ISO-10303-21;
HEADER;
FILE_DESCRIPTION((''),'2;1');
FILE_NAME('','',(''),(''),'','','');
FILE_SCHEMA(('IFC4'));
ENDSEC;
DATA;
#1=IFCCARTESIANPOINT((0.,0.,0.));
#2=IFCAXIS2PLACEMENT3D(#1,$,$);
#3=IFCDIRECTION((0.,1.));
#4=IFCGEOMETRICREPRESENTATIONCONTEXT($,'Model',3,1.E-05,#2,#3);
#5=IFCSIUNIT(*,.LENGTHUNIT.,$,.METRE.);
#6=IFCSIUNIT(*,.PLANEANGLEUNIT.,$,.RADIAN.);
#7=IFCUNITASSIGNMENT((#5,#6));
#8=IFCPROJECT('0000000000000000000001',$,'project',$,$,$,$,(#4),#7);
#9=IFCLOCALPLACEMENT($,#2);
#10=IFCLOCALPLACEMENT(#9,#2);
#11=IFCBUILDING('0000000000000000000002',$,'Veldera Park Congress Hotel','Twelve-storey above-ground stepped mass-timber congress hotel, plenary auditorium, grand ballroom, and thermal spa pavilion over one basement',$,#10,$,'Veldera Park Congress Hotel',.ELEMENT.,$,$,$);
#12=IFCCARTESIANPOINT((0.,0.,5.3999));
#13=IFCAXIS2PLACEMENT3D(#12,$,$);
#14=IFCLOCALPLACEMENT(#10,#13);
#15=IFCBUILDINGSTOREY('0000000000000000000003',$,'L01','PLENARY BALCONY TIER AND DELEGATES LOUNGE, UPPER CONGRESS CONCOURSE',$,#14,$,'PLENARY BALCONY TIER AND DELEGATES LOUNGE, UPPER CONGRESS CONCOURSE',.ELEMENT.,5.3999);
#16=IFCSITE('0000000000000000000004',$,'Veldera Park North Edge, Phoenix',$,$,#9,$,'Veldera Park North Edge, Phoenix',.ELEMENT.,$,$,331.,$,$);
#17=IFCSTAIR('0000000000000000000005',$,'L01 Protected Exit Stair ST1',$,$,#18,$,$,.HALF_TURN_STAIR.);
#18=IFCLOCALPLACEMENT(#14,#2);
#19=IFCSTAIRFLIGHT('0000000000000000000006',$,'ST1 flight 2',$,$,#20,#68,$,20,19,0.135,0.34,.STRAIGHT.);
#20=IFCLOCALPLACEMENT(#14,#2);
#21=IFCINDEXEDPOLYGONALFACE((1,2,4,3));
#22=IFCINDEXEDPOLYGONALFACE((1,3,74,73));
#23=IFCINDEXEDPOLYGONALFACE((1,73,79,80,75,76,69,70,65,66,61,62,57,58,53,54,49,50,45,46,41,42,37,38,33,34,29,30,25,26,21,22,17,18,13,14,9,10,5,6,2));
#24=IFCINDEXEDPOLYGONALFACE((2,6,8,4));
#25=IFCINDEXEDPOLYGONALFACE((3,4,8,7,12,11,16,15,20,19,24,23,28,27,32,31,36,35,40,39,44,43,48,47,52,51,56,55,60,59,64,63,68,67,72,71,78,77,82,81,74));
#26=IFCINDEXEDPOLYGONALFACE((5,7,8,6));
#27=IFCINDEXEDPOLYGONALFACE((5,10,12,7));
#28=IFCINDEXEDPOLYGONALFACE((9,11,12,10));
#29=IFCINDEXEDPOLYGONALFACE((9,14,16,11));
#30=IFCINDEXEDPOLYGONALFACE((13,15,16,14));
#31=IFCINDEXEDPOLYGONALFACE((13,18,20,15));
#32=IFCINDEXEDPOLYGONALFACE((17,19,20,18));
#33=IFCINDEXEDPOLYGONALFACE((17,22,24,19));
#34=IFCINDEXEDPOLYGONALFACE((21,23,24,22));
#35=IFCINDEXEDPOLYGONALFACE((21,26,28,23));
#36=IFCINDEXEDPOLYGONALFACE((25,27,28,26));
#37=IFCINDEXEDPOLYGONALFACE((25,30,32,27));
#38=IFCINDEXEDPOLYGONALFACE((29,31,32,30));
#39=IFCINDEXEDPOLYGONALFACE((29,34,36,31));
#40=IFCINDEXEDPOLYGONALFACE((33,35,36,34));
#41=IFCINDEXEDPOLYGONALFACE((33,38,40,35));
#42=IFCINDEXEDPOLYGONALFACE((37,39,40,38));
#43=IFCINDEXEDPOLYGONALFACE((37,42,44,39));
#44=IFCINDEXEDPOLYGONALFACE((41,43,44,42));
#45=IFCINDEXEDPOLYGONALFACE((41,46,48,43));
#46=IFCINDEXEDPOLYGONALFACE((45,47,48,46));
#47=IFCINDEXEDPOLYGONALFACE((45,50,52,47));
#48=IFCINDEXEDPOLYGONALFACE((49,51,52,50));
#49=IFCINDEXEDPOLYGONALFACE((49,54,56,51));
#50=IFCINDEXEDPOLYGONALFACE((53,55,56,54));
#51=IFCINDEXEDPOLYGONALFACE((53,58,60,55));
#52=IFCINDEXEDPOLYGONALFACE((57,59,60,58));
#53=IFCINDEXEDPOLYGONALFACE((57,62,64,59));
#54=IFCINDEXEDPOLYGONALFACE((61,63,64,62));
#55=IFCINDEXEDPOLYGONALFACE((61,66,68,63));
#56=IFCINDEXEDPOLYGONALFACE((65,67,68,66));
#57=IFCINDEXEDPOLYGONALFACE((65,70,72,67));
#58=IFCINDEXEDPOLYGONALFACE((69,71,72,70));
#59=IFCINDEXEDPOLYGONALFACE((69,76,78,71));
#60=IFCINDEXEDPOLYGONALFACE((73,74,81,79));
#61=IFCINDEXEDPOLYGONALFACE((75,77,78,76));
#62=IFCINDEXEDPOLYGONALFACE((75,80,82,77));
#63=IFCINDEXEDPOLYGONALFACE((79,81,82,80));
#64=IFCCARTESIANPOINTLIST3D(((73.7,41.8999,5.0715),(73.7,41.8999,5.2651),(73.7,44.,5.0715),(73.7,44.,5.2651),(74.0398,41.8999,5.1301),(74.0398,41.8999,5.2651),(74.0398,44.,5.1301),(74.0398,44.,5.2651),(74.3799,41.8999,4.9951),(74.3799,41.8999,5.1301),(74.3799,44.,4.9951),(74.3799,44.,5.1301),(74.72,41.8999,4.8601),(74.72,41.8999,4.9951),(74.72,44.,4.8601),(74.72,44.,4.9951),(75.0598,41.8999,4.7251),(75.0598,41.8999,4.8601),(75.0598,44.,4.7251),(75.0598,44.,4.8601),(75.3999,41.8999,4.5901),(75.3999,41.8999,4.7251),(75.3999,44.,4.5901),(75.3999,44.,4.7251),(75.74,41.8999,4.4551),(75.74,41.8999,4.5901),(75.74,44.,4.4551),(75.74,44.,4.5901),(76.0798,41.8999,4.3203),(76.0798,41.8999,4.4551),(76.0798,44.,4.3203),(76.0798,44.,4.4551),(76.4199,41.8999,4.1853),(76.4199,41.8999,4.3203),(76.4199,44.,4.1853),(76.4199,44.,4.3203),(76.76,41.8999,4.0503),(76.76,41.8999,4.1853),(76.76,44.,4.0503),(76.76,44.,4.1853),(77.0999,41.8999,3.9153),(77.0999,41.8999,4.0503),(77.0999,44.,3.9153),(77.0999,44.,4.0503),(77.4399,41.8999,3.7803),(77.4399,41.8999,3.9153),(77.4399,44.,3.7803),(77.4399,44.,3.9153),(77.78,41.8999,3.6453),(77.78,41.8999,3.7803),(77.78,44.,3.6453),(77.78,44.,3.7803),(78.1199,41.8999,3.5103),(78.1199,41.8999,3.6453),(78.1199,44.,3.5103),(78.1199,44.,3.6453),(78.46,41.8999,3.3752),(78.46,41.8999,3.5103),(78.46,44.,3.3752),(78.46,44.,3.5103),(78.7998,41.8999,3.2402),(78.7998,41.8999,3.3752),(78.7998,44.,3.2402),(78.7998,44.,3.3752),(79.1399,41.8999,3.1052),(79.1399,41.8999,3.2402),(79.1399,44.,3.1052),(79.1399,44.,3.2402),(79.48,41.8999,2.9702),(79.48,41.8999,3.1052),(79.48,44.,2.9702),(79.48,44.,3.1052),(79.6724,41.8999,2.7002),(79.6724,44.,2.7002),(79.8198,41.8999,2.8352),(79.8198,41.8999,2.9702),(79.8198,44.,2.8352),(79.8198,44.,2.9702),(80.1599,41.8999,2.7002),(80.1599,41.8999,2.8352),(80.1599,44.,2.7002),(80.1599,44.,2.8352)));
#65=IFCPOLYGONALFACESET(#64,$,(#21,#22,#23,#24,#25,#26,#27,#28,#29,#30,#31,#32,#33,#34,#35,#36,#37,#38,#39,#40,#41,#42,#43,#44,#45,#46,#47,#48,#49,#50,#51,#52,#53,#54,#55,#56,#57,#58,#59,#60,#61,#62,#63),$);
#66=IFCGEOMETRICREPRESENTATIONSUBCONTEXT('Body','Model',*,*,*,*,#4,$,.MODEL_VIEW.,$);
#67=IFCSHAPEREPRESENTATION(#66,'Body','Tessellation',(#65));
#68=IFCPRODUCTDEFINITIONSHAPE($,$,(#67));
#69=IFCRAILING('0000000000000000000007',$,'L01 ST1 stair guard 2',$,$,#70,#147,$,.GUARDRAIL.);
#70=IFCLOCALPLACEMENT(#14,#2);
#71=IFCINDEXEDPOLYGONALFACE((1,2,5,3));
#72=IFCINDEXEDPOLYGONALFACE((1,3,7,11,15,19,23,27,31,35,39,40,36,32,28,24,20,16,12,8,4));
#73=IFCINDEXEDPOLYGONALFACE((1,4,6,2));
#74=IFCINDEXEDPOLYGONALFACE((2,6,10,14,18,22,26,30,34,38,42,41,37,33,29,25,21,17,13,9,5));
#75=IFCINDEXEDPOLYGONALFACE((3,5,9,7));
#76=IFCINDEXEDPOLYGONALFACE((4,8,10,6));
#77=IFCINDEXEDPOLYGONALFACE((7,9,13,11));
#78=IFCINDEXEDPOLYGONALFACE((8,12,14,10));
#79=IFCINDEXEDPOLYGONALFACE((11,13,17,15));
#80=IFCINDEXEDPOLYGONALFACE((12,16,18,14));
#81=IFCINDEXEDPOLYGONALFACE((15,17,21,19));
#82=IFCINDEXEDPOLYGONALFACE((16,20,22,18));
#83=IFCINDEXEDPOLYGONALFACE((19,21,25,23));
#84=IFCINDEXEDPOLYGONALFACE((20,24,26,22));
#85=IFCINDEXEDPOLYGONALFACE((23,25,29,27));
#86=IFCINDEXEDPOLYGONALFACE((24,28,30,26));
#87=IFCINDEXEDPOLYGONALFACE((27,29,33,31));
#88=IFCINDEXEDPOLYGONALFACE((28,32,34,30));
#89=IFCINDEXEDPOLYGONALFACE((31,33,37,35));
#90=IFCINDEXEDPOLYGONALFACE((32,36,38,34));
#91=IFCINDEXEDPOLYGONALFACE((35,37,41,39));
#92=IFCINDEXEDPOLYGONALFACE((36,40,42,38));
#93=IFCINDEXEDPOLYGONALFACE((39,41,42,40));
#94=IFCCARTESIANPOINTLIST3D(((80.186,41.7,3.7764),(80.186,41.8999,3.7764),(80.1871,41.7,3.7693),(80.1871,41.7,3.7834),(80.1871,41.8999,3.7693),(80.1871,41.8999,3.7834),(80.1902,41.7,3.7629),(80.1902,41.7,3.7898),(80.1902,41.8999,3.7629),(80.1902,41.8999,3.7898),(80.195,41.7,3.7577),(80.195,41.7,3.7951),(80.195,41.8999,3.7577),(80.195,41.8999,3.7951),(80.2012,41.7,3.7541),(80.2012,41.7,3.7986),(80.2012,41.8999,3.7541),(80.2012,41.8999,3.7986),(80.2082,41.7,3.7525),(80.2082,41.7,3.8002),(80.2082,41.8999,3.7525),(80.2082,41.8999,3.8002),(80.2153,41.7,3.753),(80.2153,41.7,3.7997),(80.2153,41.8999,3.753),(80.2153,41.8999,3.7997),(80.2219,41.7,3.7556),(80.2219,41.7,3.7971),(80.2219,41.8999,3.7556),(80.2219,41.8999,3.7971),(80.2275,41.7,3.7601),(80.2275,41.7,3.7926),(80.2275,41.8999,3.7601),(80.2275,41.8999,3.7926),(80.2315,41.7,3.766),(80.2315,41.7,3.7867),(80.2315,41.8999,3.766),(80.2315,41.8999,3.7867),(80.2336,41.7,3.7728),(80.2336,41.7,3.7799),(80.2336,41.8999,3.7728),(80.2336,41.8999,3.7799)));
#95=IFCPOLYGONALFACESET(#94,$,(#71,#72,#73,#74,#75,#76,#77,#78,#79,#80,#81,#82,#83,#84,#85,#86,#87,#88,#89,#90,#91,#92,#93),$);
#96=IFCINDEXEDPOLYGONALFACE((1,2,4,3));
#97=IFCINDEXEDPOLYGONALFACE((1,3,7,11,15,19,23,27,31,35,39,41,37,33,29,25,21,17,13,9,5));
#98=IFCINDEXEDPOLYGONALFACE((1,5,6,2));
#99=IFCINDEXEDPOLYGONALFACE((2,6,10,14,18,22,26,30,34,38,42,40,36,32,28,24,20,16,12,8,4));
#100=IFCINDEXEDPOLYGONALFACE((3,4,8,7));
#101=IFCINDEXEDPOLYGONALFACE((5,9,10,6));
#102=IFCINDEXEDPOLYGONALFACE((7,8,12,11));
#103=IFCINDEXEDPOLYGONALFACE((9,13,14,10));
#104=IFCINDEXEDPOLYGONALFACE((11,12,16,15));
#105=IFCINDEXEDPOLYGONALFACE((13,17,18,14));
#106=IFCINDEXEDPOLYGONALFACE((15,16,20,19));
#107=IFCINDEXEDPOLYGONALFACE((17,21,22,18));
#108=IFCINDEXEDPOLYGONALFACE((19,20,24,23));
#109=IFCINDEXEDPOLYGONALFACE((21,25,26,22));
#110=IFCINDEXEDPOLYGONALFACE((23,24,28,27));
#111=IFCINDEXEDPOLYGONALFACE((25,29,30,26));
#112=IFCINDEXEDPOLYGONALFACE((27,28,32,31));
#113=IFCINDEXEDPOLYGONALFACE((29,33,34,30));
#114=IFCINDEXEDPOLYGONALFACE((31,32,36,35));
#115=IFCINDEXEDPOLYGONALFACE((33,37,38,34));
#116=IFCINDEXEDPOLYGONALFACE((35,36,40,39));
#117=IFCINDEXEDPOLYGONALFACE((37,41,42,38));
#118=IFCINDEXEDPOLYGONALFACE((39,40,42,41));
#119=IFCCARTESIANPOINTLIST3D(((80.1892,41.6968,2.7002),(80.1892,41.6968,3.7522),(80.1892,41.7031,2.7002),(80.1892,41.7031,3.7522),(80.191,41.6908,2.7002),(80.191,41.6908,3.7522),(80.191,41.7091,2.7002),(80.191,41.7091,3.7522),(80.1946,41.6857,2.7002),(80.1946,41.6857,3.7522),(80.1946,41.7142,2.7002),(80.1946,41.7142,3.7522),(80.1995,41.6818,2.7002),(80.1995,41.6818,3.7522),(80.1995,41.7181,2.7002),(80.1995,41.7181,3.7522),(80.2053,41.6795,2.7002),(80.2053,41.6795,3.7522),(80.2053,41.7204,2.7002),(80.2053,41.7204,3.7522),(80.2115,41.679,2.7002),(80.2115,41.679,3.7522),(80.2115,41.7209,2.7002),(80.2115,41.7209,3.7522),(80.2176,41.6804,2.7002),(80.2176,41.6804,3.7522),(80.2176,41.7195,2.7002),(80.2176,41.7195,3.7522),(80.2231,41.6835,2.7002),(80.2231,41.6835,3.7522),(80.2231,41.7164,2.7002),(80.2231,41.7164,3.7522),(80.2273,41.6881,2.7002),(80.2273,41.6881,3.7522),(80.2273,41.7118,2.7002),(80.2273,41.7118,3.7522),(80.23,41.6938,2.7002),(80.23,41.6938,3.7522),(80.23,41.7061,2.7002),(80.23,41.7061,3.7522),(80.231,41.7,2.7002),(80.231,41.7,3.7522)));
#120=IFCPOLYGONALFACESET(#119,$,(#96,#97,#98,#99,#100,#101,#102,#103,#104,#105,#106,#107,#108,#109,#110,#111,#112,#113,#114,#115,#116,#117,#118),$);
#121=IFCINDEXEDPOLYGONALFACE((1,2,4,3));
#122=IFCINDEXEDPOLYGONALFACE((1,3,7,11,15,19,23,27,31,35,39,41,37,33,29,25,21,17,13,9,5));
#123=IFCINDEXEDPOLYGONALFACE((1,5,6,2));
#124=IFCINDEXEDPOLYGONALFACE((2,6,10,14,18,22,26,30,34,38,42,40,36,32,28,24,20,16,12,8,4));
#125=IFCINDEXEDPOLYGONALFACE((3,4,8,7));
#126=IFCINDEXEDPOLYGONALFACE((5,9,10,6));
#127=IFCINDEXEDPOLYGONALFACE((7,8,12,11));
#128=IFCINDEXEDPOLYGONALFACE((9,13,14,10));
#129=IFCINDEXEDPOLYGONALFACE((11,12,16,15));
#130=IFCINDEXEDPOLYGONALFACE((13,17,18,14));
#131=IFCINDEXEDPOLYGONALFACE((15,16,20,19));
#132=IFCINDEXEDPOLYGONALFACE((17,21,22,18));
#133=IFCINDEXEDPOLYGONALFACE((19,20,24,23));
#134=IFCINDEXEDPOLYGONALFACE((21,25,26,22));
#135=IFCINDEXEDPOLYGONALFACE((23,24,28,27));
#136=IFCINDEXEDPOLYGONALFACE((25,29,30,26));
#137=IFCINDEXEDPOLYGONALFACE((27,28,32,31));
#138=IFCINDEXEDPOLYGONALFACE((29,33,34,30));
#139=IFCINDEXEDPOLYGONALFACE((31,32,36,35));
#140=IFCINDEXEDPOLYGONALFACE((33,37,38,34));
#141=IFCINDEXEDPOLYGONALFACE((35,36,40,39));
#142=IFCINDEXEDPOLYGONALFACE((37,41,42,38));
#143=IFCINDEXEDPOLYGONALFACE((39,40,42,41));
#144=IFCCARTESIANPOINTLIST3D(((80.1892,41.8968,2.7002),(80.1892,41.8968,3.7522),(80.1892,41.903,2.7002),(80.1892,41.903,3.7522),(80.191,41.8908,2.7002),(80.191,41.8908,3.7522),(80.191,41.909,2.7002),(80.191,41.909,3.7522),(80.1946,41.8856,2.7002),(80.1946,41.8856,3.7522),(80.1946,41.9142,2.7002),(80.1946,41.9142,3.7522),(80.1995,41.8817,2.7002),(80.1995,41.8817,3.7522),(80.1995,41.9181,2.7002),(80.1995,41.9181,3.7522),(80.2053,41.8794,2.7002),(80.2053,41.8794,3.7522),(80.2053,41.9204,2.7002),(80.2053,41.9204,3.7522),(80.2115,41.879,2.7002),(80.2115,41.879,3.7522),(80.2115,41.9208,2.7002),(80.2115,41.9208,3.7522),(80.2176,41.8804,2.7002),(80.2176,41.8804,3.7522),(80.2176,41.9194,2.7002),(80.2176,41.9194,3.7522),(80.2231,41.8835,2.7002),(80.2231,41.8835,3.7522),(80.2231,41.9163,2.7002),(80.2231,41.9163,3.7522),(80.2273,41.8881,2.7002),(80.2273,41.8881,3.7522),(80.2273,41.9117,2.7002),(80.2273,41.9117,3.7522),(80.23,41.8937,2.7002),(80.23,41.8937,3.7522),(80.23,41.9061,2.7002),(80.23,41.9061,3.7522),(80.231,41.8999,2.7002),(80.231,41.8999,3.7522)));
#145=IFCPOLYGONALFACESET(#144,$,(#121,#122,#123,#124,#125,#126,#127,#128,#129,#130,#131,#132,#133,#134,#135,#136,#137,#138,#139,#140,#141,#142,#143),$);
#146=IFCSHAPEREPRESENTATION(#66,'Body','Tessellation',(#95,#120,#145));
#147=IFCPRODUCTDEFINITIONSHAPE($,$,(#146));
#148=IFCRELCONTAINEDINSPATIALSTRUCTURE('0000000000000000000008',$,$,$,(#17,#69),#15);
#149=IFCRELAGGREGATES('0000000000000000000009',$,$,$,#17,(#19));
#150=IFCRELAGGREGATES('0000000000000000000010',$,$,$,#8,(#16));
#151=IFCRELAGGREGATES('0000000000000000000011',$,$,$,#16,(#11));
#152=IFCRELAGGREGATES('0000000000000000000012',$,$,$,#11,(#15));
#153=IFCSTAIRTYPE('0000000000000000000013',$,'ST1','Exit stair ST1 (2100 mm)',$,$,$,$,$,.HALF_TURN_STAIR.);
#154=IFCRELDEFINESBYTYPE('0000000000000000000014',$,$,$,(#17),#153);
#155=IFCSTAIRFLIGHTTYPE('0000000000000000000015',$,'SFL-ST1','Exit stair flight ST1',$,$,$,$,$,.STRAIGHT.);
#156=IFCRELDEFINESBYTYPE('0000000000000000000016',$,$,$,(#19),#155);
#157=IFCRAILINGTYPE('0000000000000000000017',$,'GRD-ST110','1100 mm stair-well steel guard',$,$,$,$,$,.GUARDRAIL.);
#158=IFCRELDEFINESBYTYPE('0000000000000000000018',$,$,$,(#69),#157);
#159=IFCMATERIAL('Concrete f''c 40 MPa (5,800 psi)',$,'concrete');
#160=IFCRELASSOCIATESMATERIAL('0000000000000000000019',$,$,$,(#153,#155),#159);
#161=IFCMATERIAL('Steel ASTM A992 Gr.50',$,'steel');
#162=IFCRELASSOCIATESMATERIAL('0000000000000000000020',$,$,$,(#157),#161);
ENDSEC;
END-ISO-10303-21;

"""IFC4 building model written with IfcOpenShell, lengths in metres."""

from ifc_helpers import new_model, si_unit, direction, frame, origin, origin_2d, place, context, subcontext, project, spatial, polyline, circle, outline, extrude, material, type_object, element, aggregate, save


model = new_model("IFC4")

# Units and contexts
model_context = context("Model", 3, precision=1e-05, world=origin(), true_north=direction((0.0, 1.0)))
body_context = subcontext(model_context, "Body", "Model", "MODEL_VIEW")
ifc_project = project(units=[si_unit("LENGTHUNIT", "METRE"), si_unit("PLANEANGLEUNIT", "RADIAN")], contexts=[model_context])

# Site, building, storey
site_placement = place(None, origin())
site = spatial("IfcSite", under=ifc_project, at=site_placement, Name="Veldera Park North Edge, Phoenix", LongName="Veldera Park North Edge, Phoenix", CompositionType="ELEMENT", RefElevation=331.0)
building_placement = place(site_placement, origin())
building = spatial("IfcBuilding", under=site, at=building_placement, Name="Veldera Park Congress Hotel", Description="Twelve-storey above-ground stepped mass-timber congress hotel, plenary auditorium, grand ballroom, and thermal spa pavilion over one basement", LongName="Veldera Park Congress Hotel", CompositionType="ELEMENT")
storey_placement = place(building_placement, frame((0.0, 0.0, 5.3999)))
storey = spatial("IfcBuildingStorey", under=building, at=storey_placement, Name="L01", Description="PLENARY BALCONY TIER AND DELEGATES LOUNGE, UPPER CONGRESS CONCOURSE", LongName="PLENARY BALCONY TIER AND DELEGATES LOUNGE, UPPER CONGRESS CONCOURSE", CompositionType="ELEMENT", Elevation=5.3999)

# Shared definitions
ifc_material_1 = material(Name="Concrete f'c 40 MPa (5,800 psi)", Category="concrete")

# Shared definitions
ifc_material_2 = material(Name="Steel ASTM A992 Gr.50", Category="steel")

# Stair, stair flight
stair_type = type_object("IfcStairType", Name="ST1", Description="Exit stair ST1 (2100 mm)", PredefinedType="HALF_TURN_STAIR", material=ifc_material_1)
stair_placement = place(storey_placement, origin())
stair = element("IfcStair", 1, at=stair_placement, inside=storey, type_object=stair_type, Name="L01 Protected Exit Stair ST1", PredefinedType="HALF_TURN_STAIR")
stair_flight_type = type_object("IfcStairFlightType", Name="SFL-ST1", Description="Exit stair flight ST1", PredefinedType="STRAIGHT", material=ifc_material_1)
stair_flight_placement = place(storey_placement, frame((80.1599, 42.95, 2.7002), z_axis=(0.0, 0.0, 1.0), x_axis=(-1.0, 0.0, 0.0)))
stair_flight = element("IfcStairFlight", 2, at=stair_flight_placement, type_object=stair_flight_type, Name="ST1 flight 2", NumberOfRisers=20, NumberOfTreads=19, PredefinedType="STRAIGHT", RiserHeight=0.135, TreadLength=0.34, context=body_context, shape_type="SweptSolid", body=[
    extrude(outline(polyline([(0.0, 0.0), (0.0, 0.135), (0.3401, 0.135), (0.3401, 0.27), (0.6799, 0.27), (0.6799, 0.405), (1.02, 0.405), (1.02, 0.54), (1.3601, 0.54), (1.3601, 0.675), (1.7, 0.675), (1.7, 0.8101), (2.04, 0.8101), (2.04, 0.9451), (2.3799, 0.9451), (2.3799, 1.0801), (2.72, 1.0801), (2.72, 1.2151), (3.0601, 1.2151), (3.0601, 1.3501), (3.3999, 1.3501), (3.3999, 1.4851), (3.74, 1.4851), (3.74, 1.6201), (4.0801, 1.6201), (4.0801, 1.7549), (4.4199, 1.7549), (4.4199, 1.8899), (4.76, 1.8899), (4.76, 2.0249), (5.1001, 2.0249), (5.1001, 2.1599), (5.4399, 2.1599), (5.4399, 2.2949), (5.78, 2.2949), (5.78, 2.4299), (6.1201, 2.4299), (6.1201, 2.5649), (6.46, 2.5649), (6.46, 2.7), (6.46, 2.7), (6.46, 2.3713), (0.4875, 0.0), (0.0, 0.0)])), frame((0.0, 1.05, 0.0), z_axis=(0.0, -1.0, 0.0), x_axis=(1.0, 0.0, 0.0)), (0.0, 0.0, 1.0), 2.1001),
])
aggregate(stair, [stair_flight])

# Railing
railing_type_1 = type_object("IfcRailingType", Name="GRD-ST110", Description="1100 mm stair-well steel guard", PredefinedType="GUARDRAIL", material=ifc_material_2)
railing_1_placement = place(storey_placement, frame((80.21, 41.7, 2.7002)))
element("IfcRailing", 3, at=railing_1_placement, inside=storey, type_object=railing_type_1, Name="L01 ST1 stair guard 2", PredefinedType="GUARDRAIL", context=body_context, shape_type="SweptSolid", body=[
    extrude(circle(Radius=0.0239, at=origin_2d()), frame((0.0, 0.0, 1.0762), z_axis=(0.0, 1.0, 0.0), x_axis=(-1.0, 0.0, 0.0)), (0.0, 0.0, 1.0), 0.2),
    extrude(circle(Radius=0.021, at=origin_2d()), origin(), (0.0, 0.0, 1.0), 1.052),
    extrude(circle(Radius=0.021, at=origin_2d()), frame((0.0, 0.2, 0.0)), (0.0, 0.0, 1.0), 1.052),
])

save(model, "model.ifc")
